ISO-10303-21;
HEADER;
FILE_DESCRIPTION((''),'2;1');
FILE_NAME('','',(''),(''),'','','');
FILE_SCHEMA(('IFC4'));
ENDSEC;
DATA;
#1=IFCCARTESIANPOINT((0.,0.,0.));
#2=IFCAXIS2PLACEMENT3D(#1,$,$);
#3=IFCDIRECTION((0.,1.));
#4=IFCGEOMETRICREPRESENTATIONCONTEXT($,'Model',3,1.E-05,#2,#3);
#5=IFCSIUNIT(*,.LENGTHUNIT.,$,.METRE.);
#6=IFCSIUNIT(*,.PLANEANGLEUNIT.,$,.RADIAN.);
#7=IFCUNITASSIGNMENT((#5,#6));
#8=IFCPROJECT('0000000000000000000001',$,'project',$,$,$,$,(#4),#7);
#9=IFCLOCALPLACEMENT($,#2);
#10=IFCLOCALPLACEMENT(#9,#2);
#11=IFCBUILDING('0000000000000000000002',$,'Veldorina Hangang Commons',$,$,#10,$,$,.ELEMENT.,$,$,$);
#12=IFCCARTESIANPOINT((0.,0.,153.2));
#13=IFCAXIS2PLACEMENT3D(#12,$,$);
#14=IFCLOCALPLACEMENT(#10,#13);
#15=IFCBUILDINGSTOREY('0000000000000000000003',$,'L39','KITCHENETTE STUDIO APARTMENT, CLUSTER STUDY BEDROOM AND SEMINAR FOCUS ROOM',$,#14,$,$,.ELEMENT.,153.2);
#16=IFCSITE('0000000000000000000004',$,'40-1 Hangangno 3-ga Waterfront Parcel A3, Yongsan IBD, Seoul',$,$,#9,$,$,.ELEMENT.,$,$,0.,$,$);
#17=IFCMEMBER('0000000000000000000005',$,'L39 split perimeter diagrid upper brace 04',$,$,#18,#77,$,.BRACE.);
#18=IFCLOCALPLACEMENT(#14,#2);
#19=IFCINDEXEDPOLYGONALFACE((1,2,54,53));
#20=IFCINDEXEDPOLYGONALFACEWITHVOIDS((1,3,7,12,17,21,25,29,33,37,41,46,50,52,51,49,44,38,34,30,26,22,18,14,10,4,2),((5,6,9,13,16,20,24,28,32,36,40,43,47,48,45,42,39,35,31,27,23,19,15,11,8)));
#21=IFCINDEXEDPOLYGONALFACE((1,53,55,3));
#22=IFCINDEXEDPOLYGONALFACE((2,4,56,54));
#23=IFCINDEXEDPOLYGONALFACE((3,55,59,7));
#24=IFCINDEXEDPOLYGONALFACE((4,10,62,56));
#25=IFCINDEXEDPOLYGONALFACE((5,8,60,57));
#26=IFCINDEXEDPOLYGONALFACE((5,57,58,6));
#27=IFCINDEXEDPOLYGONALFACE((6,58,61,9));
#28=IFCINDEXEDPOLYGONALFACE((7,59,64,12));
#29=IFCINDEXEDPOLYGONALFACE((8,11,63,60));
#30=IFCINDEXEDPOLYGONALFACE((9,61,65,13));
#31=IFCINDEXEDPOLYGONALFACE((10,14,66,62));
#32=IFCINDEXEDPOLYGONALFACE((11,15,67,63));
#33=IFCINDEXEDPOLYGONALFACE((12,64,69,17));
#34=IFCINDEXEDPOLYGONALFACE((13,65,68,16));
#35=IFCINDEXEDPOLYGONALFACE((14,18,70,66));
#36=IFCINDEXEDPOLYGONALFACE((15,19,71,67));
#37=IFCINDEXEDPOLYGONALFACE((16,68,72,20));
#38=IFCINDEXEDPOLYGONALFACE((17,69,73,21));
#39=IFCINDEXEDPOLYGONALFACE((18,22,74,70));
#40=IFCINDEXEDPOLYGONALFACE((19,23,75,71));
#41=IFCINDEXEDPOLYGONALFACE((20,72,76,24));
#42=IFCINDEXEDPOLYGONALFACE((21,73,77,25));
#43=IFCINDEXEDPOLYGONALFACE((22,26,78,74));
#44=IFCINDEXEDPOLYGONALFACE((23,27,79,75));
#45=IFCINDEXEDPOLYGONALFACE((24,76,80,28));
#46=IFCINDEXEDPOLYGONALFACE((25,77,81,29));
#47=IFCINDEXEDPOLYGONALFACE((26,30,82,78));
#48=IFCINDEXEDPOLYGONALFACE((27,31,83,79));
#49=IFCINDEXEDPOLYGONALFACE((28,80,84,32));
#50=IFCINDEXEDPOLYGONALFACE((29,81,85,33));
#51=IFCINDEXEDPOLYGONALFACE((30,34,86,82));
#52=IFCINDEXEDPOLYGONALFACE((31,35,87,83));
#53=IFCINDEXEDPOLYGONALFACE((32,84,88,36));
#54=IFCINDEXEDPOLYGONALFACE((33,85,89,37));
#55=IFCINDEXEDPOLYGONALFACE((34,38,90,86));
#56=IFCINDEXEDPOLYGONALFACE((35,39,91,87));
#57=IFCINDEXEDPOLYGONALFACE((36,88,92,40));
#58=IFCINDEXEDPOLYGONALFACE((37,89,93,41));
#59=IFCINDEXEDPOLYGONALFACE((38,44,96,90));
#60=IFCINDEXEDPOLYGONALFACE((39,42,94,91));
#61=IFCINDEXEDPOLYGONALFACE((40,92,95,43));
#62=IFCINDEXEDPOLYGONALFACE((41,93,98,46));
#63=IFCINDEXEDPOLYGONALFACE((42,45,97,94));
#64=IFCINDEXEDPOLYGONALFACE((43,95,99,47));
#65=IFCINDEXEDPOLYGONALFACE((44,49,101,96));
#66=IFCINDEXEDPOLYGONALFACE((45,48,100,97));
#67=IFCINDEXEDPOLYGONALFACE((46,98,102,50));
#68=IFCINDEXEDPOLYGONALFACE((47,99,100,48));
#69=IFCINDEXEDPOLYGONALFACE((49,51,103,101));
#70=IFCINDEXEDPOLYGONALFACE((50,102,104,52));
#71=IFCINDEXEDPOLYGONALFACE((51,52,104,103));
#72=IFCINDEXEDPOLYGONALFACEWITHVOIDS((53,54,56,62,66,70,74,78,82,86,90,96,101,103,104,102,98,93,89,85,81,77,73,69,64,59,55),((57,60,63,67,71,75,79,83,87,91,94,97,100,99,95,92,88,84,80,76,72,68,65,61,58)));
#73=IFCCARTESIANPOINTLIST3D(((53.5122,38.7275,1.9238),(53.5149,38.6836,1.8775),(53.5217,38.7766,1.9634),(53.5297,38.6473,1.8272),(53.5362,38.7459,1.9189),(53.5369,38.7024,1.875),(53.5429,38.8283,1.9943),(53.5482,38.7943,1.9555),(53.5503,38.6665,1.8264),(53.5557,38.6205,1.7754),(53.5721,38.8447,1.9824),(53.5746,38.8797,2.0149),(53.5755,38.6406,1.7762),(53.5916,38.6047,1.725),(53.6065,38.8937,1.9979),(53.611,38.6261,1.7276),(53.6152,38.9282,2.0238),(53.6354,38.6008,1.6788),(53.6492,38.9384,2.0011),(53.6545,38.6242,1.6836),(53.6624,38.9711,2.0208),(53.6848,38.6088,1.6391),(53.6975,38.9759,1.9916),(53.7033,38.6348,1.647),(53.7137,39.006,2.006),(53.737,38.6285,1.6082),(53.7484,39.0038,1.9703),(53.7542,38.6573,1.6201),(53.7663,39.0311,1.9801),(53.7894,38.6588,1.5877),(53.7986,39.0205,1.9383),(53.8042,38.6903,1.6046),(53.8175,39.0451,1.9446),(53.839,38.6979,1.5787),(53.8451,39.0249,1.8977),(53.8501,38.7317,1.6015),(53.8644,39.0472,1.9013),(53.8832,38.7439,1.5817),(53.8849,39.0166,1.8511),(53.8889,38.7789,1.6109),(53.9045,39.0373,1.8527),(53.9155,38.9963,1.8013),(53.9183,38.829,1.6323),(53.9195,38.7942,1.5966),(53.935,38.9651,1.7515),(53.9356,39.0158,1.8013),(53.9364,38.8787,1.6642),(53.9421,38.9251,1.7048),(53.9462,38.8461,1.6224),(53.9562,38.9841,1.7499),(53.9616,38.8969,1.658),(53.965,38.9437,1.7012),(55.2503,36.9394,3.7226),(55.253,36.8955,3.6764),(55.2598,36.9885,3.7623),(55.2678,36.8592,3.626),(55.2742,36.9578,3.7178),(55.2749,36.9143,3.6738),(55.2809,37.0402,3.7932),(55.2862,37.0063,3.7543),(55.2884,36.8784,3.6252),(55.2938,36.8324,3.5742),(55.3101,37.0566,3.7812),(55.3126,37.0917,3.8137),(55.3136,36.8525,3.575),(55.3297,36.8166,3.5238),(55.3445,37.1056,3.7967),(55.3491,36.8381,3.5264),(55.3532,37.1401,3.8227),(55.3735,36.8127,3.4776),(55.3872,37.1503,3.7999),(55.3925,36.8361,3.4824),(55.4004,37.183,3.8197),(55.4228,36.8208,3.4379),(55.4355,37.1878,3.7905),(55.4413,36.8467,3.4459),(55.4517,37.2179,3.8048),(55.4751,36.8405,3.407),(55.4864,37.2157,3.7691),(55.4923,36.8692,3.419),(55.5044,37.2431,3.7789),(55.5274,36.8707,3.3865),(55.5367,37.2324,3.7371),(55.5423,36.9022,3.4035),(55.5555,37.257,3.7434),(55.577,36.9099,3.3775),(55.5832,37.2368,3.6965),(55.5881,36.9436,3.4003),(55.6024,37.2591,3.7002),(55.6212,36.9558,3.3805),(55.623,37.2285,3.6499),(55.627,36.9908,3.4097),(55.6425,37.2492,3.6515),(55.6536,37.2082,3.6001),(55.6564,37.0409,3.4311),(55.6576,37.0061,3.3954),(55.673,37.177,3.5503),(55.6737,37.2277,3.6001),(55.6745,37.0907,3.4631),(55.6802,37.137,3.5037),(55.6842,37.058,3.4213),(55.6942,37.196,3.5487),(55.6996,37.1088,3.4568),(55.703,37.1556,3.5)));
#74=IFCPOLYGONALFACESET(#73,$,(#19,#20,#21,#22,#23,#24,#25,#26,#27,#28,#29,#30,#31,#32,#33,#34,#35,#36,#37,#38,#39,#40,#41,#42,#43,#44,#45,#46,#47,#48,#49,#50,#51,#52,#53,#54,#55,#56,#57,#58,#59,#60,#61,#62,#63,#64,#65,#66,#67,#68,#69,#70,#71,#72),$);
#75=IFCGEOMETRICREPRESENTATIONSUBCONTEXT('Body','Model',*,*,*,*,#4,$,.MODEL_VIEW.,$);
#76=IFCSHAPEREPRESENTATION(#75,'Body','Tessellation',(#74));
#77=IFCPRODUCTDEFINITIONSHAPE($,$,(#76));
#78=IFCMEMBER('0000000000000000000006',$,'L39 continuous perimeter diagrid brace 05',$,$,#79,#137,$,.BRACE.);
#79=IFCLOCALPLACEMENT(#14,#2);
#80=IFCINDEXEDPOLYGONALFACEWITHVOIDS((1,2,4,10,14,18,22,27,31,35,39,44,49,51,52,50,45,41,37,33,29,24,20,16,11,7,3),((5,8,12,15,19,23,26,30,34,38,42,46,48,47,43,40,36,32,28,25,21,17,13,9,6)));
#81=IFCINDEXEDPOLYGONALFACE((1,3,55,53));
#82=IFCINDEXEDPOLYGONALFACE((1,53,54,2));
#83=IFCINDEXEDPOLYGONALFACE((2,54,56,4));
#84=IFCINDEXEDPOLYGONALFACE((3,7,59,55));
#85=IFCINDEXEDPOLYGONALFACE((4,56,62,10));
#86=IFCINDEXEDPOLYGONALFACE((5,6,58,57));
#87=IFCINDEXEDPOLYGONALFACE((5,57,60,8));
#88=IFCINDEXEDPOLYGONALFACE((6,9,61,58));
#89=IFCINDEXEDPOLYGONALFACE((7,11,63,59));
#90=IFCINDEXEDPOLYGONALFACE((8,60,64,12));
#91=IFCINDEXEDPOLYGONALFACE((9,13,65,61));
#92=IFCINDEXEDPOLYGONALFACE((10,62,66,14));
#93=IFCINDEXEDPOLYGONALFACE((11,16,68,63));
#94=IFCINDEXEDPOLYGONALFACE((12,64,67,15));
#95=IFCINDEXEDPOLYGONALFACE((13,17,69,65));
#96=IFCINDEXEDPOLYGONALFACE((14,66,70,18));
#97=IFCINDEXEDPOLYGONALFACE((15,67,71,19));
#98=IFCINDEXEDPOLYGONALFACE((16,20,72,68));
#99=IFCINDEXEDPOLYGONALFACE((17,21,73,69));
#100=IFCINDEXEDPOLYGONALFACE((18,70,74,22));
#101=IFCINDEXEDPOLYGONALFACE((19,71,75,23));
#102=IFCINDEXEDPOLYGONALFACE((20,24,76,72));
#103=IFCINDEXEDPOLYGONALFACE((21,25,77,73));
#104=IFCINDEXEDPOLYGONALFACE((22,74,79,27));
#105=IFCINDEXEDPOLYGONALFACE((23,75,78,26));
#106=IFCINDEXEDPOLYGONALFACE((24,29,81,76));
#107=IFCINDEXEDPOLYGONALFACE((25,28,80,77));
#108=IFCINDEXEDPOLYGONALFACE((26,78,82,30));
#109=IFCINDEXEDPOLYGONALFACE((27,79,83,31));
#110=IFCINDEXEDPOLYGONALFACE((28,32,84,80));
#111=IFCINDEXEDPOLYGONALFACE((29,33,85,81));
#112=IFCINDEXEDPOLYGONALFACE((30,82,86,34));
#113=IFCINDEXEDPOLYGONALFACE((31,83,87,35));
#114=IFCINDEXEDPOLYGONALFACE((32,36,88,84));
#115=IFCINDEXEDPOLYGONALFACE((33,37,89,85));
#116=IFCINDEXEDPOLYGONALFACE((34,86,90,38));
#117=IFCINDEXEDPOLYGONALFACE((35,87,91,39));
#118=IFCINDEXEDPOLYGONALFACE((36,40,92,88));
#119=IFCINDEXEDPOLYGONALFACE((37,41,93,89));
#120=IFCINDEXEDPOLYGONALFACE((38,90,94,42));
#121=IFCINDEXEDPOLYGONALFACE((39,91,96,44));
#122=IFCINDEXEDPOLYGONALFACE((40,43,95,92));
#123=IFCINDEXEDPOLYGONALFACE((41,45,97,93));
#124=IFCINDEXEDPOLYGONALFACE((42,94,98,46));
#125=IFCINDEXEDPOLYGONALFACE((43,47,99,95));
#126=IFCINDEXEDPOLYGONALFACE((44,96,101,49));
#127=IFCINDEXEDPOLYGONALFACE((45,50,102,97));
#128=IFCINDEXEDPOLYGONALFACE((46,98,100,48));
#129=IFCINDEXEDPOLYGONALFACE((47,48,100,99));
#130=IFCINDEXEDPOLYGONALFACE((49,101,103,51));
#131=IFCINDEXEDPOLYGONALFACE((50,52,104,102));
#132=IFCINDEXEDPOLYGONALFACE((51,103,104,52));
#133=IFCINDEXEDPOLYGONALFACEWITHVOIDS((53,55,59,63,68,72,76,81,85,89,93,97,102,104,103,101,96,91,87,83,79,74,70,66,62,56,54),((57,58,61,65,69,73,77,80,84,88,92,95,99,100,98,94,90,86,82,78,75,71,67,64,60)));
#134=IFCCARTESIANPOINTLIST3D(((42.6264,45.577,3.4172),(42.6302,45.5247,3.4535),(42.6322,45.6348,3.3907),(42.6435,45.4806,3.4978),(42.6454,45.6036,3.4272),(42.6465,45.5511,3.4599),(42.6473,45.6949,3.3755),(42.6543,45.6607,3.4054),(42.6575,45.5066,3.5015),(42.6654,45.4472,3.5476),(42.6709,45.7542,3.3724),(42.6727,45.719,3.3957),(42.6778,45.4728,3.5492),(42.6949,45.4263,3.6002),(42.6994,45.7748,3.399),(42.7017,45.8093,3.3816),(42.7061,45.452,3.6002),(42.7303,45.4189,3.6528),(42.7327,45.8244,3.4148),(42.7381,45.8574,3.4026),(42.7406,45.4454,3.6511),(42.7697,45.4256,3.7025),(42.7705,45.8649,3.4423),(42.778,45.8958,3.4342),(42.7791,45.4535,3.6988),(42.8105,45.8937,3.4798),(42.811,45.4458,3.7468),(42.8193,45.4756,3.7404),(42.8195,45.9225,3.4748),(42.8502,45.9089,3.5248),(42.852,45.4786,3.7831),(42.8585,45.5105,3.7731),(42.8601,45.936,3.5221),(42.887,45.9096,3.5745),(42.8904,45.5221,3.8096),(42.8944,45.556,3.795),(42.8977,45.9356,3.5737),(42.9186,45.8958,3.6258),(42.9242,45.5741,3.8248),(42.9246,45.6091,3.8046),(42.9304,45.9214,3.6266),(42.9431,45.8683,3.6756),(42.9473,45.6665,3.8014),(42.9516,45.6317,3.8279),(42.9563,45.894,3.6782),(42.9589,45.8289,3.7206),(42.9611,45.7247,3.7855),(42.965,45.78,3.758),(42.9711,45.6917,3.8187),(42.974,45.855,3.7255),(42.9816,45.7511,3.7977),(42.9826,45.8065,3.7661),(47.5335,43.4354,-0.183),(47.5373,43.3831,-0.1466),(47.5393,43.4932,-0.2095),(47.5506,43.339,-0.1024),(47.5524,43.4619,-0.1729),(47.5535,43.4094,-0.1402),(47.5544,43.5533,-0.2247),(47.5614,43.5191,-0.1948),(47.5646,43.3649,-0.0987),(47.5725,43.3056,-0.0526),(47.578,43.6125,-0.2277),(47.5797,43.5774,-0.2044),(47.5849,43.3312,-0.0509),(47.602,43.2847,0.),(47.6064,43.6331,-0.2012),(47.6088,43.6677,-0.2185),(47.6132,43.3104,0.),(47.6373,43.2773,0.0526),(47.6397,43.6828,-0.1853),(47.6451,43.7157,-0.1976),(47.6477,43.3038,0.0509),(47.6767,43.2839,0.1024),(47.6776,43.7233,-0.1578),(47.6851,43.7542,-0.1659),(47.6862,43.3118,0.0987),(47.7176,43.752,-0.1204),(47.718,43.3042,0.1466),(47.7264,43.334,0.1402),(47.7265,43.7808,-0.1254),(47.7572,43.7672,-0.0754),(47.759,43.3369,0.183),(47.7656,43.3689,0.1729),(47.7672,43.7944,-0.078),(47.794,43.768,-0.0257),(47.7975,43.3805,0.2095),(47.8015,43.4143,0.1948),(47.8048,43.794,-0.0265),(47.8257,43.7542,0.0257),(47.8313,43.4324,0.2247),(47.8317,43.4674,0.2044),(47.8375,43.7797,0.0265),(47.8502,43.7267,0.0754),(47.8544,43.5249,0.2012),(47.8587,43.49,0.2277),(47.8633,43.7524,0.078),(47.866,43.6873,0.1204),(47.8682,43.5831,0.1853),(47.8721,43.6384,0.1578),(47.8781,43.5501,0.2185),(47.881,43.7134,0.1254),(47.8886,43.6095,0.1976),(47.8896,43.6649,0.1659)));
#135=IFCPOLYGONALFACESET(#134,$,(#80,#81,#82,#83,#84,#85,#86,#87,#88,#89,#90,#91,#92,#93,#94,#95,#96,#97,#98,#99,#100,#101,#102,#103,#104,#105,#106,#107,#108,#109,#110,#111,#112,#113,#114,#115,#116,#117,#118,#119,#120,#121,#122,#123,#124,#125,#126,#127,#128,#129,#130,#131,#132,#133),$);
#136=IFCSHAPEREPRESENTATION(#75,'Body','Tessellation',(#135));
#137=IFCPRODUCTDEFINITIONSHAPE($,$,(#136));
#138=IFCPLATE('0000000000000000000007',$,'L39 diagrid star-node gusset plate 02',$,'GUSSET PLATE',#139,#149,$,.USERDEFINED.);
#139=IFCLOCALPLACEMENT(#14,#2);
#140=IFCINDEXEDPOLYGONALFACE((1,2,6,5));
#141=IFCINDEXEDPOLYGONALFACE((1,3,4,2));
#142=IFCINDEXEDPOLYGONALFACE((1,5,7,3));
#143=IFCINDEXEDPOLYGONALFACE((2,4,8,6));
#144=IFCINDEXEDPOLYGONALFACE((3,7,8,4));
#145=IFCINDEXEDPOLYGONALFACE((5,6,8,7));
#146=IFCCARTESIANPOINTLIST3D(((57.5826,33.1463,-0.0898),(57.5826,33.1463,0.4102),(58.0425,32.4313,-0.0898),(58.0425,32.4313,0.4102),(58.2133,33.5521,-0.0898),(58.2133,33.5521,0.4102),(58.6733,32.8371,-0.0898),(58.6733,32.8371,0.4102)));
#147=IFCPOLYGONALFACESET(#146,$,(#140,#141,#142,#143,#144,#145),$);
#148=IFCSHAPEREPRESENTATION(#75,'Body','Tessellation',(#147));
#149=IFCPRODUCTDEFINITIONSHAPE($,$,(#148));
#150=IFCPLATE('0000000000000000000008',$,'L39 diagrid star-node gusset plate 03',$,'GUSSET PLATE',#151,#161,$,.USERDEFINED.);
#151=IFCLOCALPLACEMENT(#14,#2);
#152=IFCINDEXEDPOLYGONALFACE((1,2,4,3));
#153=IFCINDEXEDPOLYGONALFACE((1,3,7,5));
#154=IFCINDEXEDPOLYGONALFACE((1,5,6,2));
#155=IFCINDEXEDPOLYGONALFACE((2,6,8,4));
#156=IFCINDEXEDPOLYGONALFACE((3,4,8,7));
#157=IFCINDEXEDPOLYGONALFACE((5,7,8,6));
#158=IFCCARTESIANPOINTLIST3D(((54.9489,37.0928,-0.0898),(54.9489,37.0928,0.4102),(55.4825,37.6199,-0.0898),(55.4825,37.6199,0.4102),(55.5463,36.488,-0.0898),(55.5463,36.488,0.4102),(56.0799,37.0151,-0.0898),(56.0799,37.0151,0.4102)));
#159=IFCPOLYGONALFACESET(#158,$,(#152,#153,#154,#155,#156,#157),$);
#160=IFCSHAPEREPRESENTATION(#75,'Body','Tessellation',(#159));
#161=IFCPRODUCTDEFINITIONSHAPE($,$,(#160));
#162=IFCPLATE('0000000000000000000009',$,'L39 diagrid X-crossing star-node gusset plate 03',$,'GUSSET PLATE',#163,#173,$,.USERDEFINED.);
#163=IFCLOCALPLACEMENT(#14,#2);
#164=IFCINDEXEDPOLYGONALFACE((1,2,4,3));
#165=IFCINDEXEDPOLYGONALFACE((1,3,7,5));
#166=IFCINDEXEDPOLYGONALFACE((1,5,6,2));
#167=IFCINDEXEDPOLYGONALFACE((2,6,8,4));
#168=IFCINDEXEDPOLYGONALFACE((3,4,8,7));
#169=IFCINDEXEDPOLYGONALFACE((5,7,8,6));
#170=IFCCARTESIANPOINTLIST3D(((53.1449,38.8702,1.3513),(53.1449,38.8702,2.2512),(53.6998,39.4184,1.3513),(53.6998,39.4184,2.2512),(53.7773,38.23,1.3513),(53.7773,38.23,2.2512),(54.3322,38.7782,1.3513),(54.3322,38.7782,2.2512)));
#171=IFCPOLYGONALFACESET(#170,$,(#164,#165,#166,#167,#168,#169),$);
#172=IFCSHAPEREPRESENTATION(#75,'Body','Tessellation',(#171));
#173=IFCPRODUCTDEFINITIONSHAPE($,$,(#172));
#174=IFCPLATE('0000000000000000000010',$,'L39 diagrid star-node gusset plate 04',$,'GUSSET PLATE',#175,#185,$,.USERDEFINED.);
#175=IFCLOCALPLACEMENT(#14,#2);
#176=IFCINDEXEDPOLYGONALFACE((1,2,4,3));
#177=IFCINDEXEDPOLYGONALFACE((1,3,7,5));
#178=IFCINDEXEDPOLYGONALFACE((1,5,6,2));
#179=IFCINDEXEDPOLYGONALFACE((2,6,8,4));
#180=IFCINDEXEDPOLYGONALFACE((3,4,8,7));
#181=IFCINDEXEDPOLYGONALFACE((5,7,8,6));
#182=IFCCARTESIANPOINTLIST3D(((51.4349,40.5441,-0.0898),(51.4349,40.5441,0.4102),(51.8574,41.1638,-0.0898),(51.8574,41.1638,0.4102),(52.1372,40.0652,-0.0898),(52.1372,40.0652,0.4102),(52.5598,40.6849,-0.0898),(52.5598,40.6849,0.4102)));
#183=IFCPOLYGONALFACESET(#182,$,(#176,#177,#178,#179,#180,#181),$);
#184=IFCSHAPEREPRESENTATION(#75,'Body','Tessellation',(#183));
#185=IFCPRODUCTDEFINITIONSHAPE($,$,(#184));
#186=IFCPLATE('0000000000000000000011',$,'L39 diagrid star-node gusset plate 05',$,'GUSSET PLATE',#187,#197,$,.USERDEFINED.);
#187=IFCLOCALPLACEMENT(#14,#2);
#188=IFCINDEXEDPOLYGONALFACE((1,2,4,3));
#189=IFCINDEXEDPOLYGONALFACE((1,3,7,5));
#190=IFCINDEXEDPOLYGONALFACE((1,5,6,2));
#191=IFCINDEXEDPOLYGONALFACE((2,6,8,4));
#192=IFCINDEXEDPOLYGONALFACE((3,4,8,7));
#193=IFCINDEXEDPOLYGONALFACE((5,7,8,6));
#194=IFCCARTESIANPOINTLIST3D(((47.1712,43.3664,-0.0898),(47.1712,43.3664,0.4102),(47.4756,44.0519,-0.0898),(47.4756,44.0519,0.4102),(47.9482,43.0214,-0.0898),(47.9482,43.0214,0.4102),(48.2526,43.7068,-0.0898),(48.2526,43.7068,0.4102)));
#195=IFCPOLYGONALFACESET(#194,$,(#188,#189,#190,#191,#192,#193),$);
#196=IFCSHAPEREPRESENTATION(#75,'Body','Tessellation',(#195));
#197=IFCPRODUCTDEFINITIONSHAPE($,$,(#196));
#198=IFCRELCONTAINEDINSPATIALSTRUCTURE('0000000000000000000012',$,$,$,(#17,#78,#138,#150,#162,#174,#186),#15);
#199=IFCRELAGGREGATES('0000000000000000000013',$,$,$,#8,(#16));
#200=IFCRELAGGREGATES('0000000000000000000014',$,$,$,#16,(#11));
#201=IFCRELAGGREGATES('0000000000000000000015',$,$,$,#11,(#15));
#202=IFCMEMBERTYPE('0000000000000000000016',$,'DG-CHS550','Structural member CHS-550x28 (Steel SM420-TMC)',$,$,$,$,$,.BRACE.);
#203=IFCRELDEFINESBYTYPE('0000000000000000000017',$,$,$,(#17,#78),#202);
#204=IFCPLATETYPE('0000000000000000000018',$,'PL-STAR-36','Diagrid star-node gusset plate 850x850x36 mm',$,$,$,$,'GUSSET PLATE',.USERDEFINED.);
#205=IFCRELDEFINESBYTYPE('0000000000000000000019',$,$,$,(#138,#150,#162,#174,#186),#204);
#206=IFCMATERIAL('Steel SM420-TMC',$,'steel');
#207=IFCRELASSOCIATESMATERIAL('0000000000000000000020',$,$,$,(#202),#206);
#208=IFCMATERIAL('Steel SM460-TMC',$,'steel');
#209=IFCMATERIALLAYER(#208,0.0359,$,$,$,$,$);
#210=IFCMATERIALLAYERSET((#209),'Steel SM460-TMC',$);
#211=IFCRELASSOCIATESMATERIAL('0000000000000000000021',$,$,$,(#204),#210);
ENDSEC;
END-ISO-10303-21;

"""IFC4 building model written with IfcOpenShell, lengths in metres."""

from ifc_helpers import new_model, si_unit, direction, frame, origin, origin_2d, place, context, subcontext, project, spatial, rectangle, hollow_circle, extrude, material, layer, layer_set, material_profile, profile_set, type_object, element, save


model = new_model("IFC4")

# Units and contexts
model_context = context("Model", 3, precision=1e-05, world=origin(), true_north=direction((0.0, 1.0)))
body_context = subcontext(model_context, "Body", "Model", "MODEL_VIEW")
ifc_project = project(units=[si_unit("LENGTHUNIT", "METRE"), si_unit("PLANEANGLEUNIT", "RADIAN")], contexts=[model_context])

# Site, building, storey
site_placement = place(None, origin())
site = spatial("IfcSite", under=ifc_project, at=site_placement, Name="40-1 Hangangno 3-ga Waterfront Parcel A3, Yongsan IBD, Seoul", CompositionType="ELEMENT", RefElevation=0.0)
building_placement = place(site_placement, origin())
building = spatial("IfcBuilding", under=site, at=building_placement, Name="Veldorina Hangang Commons", CompositionType="ELEMENT")
storey_placement = place(building_placement, frame((0.0, 0.0, 153.2)))
storey = spatial("IfcBuildingStorey", under=building, at=storey_placement, Name="L39", Description="KITCHENETTE STUDIO APARTMENT, CLUSTER STUDY BEDROOM AND SEMINAR FOCUS ROOM", CompositionType="ELEMENT", Elevation=153.2)

# Shared definitions
ifc_material_1 = material(Name="Steel SM420-TMC", Category="steel")

# Members
ifc_material_profile_1 = material_profile(ifc_material_1, hollow_circle(Radius=0.2749, WallThickness=0.0281, at=origin_2d()), Name="CHS-550x28")
ifc_profile_set_1 = profile_set([ifc_material_profile_1], Name="Steel SM420-TMC")
member_type = type_object("IfcMemberType", Name="DG-CHS550", Description="Structural member CHS-550x28 (Steel SM420-TMC)", PredefinedType="BRACE", material=ifc_profile_set_1)
member_1_placement = place(storey_placement, frame((53.7385, 38.8242, 1.8013), z_axis=(0.56527, -0.581547, 0.585041), x_axis=(0.717071, 0.697, 0.0)))
element("IfcMember", 1, at=member_1_placement, inside=storey, type_object=member_type, Name="L39 split perimeter diagrid upper brace 04", PredefinedType="BRACE", context=body_context, shape_type="SweptSolid", body=[
    extrude(hollow_circle(Radius=0.2749, WallThickness=0.0281, at=origin_2d()), origin(), (0.0, 0.0, 1.0), 3.0747),
])
member_2_placement = place(storey_placement, frame((47.7119, 43.5366, 0.0), z_axis=(-0.760561, 0.331939, 0.558), x_axis=(-0.400003, -0.916514, 0.0)))
element("IfcMember", 2, at=member_2_placement, inside=storey, type_object=member_type, Name="L39 continuous perimeter diagrid brace 05", PredefinedType="BRACE", context=body_context, shape_type="SweptSolid", body=[
    extrude(hollow_circle(Radius=0.2749, WallThickness=0.0281, at=origin_2d()), origin(), (0.0, 0.0, 1.0), 6.4519),
])

# Plates
ifc_material_2 = material(Name="Steel SM460-TMC", Category="steel")
ifc_layer_1 = layer(ifc_material_2, 0.0359)
ifc_layer_set_1 = layer_set([ifc_layer_1], Name="Steel SM460-TMC")
plate_type = type_object("IfcPlateType", Name="PL-STAR-36", Description="Diagrid star-node gusset plate 850x850x36 mm", ElementType="GUSSET PLATE", PredefinedType="USERDEFINED", material=ifc_layer_set_1)
for number, where, z_axis, x_axis, name in (
    (3, (58.1279, 32.9917, -0.0898), (0.0, 0.0, 1.0), (-0.541048, 0.840992, 0.0), "L39 diagrid star-node gusset plate 02"),
    (4, (55.5144, 37.054, -0.0898), (0.0, 0.0, 1.0), (-0.702749, 0.711438, 0.0), "L39 diagrid star-node gusset plate 03"),
):
    element("IfcPlate", number, at=place(storey_placement, frame(where, z_axis=z_axis, x_axis=x_axis)), inside=storey, type_object=plate_type, Name=name, ObjectType="GUSSET PLATE", PredefinedType="USERDEFINED", context=body_context, shape_type="SweptSolid", body=[
        extrude(rectangle(XDim=0.8501, YDim=0.75, at=origin_2d()), origin(), (0.0, 0.0, 1.0), 0.5),
    ])
plate_placement = place(storey_placement, frame((53.7385, 38.8242, 1.3513), z_axis=(0.0, 0.0, 1.0), x_axis=(-0.702749, 0.711438, 0.0)))
element("IfcPlate", 5, at=plate_placement, inside=storey, type_object=plate_type, Name="L39 diagrid X-crossing star-node gusset plate 03", ObjectType="GUSSET PLATE", PredefinedType="USERDEFINED", context=body_context, shape_type="SweptSolid", body=[
    extrude(rectangle(XDim=0.8999, YDim=0.78, at=origin_2d()), origin(), (0.0, 0.0, 1.0), 0.8999),
])
for number, where, z_axis, x_axis, name in (
    (6, (51.9973, 40.6145, -0.0898), (0.0, 0.0, 1.0), (-0.826226, 0.563339, 0.0), "L39 diagrid star-node gusset plate 04"),
    (7, (47.7119, 43.5366, -0.0898), (0.0, 0.0, 1.0), (-0.913935, 0.40586, 0.0), "L39 diagrid star-node gusset plate 05"),
):
    element("IfcPlate", number, at=place(storey_placement, frame(where, z_axis=z_axis, x_axis=x_axis)), inside=storey, type_object=plate_type, Name=name, ObjectType="GUSSET PLATE", PredefinedType="USERDEFINED", context=body_context, shape_type="SweptSolid", body=[
        extrude(rectangle(XDim=0.8501, YDim=0.75, at=origin_2d()), origin(), (0.0, 0.0, 1.0), 0.5),
    ])

save(model, "model.ifc")
